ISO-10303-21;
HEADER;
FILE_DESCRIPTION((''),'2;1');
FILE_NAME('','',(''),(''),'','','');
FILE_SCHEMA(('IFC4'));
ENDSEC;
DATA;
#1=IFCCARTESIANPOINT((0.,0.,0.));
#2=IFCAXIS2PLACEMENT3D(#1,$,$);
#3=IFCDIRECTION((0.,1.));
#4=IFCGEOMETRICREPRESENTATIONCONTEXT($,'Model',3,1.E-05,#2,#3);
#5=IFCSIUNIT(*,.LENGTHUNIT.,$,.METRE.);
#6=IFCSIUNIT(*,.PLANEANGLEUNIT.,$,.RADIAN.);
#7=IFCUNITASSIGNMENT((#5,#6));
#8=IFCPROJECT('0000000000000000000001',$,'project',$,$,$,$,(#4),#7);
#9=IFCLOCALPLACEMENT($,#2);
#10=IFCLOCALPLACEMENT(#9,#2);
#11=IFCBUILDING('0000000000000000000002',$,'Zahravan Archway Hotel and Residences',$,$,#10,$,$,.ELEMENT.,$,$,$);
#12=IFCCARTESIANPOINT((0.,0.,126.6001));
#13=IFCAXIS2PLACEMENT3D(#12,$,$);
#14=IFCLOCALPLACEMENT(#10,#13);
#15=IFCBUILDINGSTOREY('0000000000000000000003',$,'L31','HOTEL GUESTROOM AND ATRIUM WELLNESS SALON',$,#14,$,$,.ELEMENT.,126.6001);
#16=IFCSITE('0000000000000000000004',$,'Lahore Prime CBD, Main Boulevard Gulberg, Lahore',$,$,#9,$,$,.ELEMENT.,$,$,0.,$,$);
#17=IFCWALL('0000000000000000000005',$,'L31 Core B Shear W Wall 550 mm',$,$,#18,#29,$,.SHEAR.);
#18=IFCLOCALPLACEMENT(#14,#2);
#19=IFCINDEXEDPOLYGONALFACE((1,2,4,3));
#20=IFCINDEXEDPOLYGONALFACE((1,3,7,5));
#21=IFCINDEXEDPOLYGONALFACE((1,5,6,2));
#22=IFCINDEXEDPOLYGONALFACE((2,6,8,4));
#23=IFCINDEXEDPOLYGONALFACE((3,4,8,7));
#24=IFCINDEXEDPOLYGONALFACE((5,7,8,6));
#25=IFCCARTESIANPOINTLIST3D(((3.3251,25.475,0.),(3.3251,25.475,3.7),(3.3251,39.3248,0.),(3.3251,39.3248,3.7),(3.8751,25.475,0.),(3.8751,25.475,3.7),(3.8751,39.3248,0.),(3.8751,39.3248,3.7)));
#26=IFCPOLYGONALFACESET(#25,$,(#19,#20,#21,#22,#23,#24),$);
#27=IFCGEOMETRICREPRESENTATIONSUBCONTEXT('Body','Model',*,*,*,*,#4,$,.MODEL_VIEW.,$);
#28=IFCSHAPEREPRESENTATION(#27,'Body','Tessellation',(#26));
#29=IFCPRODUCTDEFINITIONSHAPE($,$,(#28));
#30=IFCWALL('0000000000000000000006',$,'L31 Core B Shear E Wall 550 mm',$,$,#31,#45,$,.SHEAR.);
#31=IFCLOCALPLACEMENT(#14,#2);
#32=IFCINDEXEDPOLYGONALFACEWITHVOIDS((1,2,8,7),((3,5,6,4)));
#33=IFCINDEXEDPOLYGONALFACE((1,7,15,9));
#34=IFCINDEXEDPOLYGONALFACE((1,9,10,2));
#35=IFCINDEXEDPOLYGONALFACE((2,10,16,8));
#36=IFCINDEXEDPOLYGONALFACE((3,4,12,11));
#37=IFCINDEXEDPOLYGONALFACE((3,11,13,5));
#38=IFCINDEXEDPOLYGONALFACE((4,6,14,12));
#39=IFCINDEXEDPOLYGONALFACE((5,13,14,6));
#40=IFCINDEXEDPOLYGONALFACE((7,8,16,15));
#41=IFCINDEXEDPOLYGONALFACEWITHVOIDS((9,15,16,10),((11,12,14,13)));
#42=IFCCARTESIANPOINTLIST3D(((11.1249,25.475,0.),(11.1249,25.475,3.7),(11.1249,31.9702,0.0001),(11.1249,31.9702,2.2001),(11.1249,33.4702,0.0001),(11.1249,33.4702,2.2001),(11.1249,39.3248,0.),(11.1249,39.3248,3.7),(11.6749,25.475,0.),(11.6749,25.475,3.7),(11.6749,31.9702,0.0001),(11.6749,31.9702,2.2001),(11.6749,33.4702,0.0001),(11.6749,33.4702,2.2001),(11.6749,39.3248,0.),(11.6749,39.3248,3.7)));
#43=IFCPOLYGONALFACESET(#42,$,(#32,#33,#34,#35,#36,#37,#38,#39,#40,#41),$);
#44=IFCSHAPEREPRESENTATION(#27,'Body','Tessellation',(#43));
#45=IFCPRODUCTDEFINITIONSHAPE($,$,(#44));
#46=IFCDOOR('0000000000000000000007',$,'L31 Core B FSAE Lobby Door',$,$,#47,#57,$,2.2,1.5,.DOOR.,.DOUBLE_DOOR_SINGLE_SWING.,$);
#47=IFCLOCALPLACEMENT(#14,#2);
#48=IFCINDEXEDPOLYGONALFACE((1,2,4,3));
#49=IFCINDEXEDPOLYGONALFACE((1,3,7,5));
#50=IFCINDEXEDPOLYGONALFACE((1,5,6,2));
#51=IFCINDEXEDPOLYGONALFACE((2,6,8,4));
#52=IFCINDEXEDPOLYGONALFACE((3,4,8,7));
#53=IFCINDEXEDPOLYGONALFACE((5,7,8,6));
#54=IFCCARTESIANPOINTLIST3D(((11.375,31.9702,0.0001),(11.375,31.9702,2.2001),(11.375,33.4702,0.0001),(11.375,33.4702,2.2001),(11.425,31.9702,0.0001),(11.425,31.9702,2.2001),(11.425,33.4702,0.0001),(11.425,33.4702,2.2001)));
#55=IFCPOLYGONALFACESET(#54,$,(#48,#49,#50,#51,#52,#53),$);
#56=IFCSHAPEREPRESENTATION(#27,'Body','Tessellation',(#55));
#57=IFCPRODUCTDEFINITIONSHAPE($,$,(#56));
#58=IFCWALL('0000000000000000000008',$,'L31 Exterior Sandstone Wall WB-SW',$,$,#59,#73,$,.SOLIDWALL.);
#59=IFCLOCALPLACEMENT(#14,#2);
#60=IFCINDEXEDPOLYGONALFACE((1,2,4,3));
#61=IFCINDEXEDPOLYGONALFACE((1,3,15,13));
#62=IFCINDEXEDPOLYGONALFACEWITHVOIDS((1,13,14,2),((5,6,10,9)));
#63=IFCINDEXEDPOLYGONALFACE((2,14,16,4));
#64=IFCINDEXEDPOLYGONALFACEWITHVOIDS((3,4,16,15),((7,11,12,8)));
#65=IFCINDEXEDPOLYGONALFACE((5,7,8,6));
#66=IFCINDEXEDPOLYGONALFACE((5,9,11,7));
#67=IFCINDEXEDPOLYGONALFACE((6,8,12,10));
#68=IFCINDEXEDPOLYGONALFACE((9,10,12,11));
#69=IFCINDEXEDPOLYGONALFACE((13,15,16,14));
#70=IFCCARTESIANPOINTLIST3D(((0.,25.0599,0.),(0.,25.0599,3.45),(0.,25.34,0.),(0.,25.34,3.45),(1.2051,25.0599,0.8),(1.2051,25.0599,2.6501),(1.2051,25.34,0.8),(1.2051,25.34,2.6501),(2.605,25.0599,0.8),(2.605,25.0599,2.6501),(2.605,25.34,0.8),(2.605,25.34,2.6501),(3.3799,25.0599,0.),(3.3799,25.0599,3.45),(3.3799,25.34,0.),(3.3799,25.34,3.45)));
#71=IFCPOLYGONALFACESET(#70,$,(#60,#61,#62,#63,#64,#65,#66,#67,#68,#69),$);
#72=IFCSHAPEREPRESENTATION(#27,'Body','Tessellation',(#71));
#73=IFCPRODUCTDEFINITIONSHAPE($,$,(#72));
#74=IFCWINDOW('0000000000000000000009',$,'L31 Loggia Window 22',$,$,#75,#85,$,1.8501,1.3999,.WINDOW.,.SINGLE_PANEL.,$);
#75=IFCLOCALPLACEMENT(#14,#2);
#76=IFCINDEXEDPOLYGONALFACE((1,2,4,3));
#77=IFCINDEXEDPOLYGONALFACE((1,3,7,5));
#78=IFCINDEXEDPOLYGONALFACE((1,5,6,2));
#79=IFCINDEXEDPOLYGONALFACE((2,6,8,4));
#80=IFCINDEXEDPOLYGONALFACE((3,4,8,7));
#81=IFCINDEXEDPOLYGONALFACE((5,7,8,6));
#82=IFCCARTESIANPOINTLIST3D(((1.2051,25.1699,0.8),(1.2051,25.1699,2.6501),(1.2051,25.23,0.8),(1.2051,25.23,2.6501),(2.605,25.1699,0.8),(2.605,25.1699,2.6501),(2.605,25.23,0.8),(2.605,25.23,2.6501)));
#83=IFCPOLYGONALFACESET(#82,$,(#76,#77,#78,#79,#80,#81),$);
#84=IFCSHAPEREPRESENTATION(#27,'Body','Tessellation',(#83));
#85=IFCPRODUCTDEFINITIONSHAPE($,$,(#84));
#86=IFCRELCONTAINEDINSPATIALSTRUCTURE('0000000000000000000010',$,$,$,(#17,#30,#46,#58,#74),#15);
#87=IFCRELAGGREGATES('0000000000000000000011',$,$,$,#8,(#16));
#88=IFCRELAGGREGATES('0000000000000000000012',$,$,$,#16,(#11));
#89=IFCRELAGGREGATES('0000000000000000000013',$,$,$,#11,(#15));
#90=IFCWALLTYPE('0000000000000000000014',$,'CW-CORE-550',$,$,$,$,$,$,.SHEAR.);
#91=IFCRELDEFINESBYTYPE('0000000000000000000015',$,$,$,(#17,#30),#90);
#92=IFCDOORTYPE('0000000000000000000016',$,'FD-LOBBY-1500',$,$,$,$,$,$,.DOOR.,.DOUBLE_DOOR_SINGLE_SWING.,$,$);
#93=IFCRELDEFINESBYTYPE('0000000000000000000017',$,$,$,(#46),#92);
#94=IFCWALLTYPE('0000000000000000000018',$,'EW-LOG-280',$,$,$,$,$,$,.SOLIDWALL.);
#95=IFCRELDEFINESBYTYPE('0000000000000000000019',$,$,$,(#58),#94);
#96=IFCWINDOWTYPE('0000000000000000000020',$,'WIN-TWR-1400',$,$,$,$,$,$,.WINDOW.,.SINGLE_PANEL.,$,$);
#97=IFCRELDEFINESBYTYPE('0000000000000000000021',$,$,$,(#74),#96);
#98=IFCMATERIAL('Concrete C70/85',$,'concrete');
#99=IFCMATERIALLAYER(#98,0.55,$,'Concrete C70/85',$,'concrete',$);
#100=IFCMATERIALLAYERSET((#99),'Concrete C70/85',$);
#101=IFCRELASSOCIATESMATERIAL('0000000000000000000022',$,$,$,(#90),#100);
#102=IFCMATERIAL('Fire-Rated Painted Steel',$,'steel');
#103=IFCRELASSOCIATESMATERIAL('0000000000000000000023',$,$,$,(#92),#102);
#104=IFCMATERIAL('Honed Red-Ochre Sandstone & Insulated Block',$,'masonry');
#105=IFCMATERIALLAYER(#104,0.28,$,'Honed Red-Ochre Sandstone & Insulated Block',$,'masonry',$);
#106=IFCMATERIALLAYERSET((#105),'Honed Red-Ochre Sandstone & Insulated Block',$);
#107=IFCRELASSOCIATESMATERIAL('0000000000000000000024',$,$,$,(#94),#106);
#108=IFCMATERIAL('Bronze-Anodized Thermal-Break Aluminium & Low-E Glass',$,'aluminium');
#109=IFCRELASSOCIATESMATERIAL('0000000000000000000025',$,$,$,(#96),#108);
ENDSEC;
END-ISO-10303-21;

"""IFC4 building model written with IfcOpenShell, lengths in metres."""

from ifc_helpers import new_model, si_unit, direction, frame, frame_2d, origin, place, context, subcontext, project, spatial, rectangle, extrude, source, transform, mapped, material, layer, layer_set, type_object, type_shapes, element, fill, save


model = new_model("IFC4")

# Units and contexts
model_context = context("Model", 3, precision=1e-05, world=origin(), true_north=direction((0.0, 1.0)))
body_context = subcontext(model_context, "Body", "Model", "MODEL_VIEW")
ifc_project = project(units=[si_unit("LENGTHUNIT", "METRE"), si_unit("PLANEANGLEUNIT", "RADIAN")], contexts=[model_context])

# Site, building, storey
site_placement = place(None, origin())
site = spatial("IfcSite", under=ifc_project, at=site_placement, Name="Lahore Prime CBD, Main Boulevard Gulberg, Lahore", CompositionType="ELEMENT", RefElevation=0.0)
building_placement = place(site_placement, origin())
building = spatial("IfcBuilding", under=site, at=building_placement, Name="Zahravan Archway Hotel and Residences", CompositionType="ELEMENT")
storey_placement = place(building_placement, frame((0.0, 0.0, 126.6001)))
storey = spatial("IfcBuildingStorey", under=building, at=storey_placement, Name="L31", Description="HOTEL GUESTROOM AND ATRIUM WELLNESS SALON", CompositionType="ELEMENT", Elevation=126.6001)

# Wall
ifc_material_1 = material(Name="Concrete C70/85", Category="concrete")
ifc_layer_1 = layer(ifc_material_1, 0.55, Name="Concrete C70/85", Category="concrete")
ifc_layer_set_1 = layer_set([ifc_layer_1], Name="Concrete C70/85")
wall_type_1 = type_object("IfcWallType", Name="CW-CORE-550", PredefinedType="SHEAR", material=ifc_layer_set_1)
wall_1_placement = place(storey_placement, frame((3.6001, 25.4751, 0.0), z_axis=(0.0, 0.0, 1.0), x_axis=(0.0, 1.0, 0.0)))
element("IfcWall", 1, at=wall_1_placement, inside=storey, type_object=wall_type_1, Name="L31 Core B Shear W Wall 550 mm", PredefinedType="SHEAR", context=body_context, shape_type="SweptSolid", body=[
    extrude(rectangle(XDim=13.8499, YDim=0.55, at=frame_2d((6.9248, 0.0))), origin(), (0.0, 0.0, 1.0), 3.7),
])

# Wall, opening, door
wall_2_placement = place(storey_placement, frame((11.3999, 25.4751, 0.0), z_axis=(0.0, 0.0, 1.0), x_axis=(0.0, 1.0, 0.0)))
wall_2 = element("IfcWall", 2, at=wall_2_placement, inside=storey, type_object=wall_type_1, Name="L31 Core B Shear E Wall 550 mm", PredefinedType="SHEAR", context=body_context, shape_type="SweptSolid", body=[
    extrude(rectangle(XDim=13.8499, YDim=0.55, at=frame_2d((6.9248, 0.0))), origin(), (0.0, 0.0, 1.0), 3.7),
])
opening_1_placement = place(wall_2_placement, frame((6.4951, 0.0, 0.0)))
opening_1 = element("IfcOpeningElement", 3, at=opening_1_placement, cuts=wall_2, PredefinedType="OPENING", context=body_context, shape_type="SweptSolid", body=[
    extrude(rectangle(XDim=1.5, YDim=2.2, at=frame_2d((0.75, 1.1001))), frame((0.0, 0.2852, 0.0), z_axis=(0.0, -1.0, 0.0), x_axis=(1.0, 0.0, 0.0)), (0.0, 0.0, 1.0), 0.5701),
])
ifc_material_2 = material(Name="Fire-Rated Painted Steel", Category="steel")
door_type_1 = type_object("IfcDoorType", Name="FD-LOBBY-1500", OperationType="DOUBLE_DOOR_SINGLE_SWING", PredefinedType="DOOR", material=ifc_material_2)
shared_shape_1 = source(origin(), body_context, "Body", "SweptSolid", [
    extrude(rectangle(XDim=1.5, YDim=2.2, at=frame_2d((0.75, 1.1001))), frame((0.0, 0.0249, 0.0), z_axis=(0.0, -1.0, 0.0), x_axis=(1.0, 0.0, 0.0)), (0.0, 0.0, 1.0), 0.05),
])
type_shapes(door_type_1, [shared_shape_1])
door_1_placement = place(opening_1_placement, origin())
door_1 = element("IfcDoor", 4, at=door_1_placement, inside=storey, type_object=door_type_1, Name="L31 Core B FSAE Lobby Door", OperationType="DOUBLE_DOOR_SINGLE_SWING", OverallHeight=2.2, OverallWidth=1.5, PredefinedType="DOOR", context=body_context, shape_type="MappedRepresentation", body=[
    mapped(shared_shape_1, transform((0.0, 0.0, 0.0), scale=1.0)),
])
fill(opening_1, door_1)

# Wall, opening, window
ifc_material_3 = material(Name="Honed Red-Ochre Sandstone & Insulated Block", Category="masonry")
ifc_layer_2 = layer(ifc_material_3, 0.28, Name="Honed Red-Ochre Sandstone & Insulated Block", Category="masonry")
ifc_layer_set_2 = layer_set([ifc_layer_2], Name="Honed Red-Ochre Sandstone & Insulated Block")
wall_type_2 = type_object("IfcWallType", Name="EW-LOG-280", PredefinedType="SOLIDWALL", material=ifc_layer_set_2)
wall_3_placement = place(storey_placement, frame((0.0, 25.2, 0.0), z_axis=(0.0, 0.0, 1.0), x_axis=(1.0, 0.0, 0.0)))
wall_3 = element("IfcWall", 5, at=wall_3_placement, inside=storey, type_object=wall_type_2, Name="L31 Exterior Sandstone Wall WB-SW", PredefinedType="SOLIDWALL", context=body_context, shape_type="SweptSolid", body=[
    extrude(rectangle(XDim=3.3799, YDim=0.28, at=frame_2d((1.6899, 0.0))), origin(), (0.0, 0.0, 1.0), 3.45),
])
opening_2_placement = place(wall_3_placement, frame((1.2051, 0.0, 0.8)))
opening_2 = element("IfcOpeningElement", 6, at=opening_2_placement, cuts=wall_3, PredefinedType="OPENING", context=body_context, shape_type="SweptSolid", body=[
    extrude(rectangle(XDim=1.3999, YDim=1.8501, at=frame_2d((0.7, 0.925))), frame((0.0, 0.1499, 0.0), z_axis=(0.0, -1.0, 0.0), x_axis=(1.0, 0.0, 0.0)), (0.0, 0.0, 1.0), 0.3),
])
ifc_material_4 = material(Name="Bronze-Anodized Thermal-Break Aluminium & Low-E Glass", Category="aluminium")
window_type_1 = type_object("IfcWindowType", Name="WIN-TWR-1400", PartitioningType="SINGLE_PANEL", PredefinedType="WINDOW", material=ifc_material_4)
shared_shape_2 = source(origin(), body_context, "Body", "SweptSolid", [
    extrude(rectangle(XDim=1.3999, YDim=1.8501, at=frame_2d((0.7, 0.925))), frame((0.0, 0.03, 0.0), z_axis=(0.0, -1.0, 0.0), x_axis=(1.0, 0.0, 0.0)), (0.0, 0.0, 1.0), 0.0601),
])
type_shapes(window_type_1, [shared_shape_2])
window_1_placement = place(opening_2_placement, origin())
window_1 = element("IfcWindow", 7, at=window_1_placement, inside=storey, type_object=window_type_1, Name="L31 Loggia Window 22", OverallHeight=1.8501, OverallWidth=1.3999, PartitioningType="SINGLE_PANEL", PredefinedType="WINDOW", context=body_context, shape_type="MappedRepresentation", body=[
    mapped(shared_shape_2, transform((0.0, 0.0, 0.0), scale=1.0)),
])
fill(opening_2, window_1)

save(model, "model.ifc")
